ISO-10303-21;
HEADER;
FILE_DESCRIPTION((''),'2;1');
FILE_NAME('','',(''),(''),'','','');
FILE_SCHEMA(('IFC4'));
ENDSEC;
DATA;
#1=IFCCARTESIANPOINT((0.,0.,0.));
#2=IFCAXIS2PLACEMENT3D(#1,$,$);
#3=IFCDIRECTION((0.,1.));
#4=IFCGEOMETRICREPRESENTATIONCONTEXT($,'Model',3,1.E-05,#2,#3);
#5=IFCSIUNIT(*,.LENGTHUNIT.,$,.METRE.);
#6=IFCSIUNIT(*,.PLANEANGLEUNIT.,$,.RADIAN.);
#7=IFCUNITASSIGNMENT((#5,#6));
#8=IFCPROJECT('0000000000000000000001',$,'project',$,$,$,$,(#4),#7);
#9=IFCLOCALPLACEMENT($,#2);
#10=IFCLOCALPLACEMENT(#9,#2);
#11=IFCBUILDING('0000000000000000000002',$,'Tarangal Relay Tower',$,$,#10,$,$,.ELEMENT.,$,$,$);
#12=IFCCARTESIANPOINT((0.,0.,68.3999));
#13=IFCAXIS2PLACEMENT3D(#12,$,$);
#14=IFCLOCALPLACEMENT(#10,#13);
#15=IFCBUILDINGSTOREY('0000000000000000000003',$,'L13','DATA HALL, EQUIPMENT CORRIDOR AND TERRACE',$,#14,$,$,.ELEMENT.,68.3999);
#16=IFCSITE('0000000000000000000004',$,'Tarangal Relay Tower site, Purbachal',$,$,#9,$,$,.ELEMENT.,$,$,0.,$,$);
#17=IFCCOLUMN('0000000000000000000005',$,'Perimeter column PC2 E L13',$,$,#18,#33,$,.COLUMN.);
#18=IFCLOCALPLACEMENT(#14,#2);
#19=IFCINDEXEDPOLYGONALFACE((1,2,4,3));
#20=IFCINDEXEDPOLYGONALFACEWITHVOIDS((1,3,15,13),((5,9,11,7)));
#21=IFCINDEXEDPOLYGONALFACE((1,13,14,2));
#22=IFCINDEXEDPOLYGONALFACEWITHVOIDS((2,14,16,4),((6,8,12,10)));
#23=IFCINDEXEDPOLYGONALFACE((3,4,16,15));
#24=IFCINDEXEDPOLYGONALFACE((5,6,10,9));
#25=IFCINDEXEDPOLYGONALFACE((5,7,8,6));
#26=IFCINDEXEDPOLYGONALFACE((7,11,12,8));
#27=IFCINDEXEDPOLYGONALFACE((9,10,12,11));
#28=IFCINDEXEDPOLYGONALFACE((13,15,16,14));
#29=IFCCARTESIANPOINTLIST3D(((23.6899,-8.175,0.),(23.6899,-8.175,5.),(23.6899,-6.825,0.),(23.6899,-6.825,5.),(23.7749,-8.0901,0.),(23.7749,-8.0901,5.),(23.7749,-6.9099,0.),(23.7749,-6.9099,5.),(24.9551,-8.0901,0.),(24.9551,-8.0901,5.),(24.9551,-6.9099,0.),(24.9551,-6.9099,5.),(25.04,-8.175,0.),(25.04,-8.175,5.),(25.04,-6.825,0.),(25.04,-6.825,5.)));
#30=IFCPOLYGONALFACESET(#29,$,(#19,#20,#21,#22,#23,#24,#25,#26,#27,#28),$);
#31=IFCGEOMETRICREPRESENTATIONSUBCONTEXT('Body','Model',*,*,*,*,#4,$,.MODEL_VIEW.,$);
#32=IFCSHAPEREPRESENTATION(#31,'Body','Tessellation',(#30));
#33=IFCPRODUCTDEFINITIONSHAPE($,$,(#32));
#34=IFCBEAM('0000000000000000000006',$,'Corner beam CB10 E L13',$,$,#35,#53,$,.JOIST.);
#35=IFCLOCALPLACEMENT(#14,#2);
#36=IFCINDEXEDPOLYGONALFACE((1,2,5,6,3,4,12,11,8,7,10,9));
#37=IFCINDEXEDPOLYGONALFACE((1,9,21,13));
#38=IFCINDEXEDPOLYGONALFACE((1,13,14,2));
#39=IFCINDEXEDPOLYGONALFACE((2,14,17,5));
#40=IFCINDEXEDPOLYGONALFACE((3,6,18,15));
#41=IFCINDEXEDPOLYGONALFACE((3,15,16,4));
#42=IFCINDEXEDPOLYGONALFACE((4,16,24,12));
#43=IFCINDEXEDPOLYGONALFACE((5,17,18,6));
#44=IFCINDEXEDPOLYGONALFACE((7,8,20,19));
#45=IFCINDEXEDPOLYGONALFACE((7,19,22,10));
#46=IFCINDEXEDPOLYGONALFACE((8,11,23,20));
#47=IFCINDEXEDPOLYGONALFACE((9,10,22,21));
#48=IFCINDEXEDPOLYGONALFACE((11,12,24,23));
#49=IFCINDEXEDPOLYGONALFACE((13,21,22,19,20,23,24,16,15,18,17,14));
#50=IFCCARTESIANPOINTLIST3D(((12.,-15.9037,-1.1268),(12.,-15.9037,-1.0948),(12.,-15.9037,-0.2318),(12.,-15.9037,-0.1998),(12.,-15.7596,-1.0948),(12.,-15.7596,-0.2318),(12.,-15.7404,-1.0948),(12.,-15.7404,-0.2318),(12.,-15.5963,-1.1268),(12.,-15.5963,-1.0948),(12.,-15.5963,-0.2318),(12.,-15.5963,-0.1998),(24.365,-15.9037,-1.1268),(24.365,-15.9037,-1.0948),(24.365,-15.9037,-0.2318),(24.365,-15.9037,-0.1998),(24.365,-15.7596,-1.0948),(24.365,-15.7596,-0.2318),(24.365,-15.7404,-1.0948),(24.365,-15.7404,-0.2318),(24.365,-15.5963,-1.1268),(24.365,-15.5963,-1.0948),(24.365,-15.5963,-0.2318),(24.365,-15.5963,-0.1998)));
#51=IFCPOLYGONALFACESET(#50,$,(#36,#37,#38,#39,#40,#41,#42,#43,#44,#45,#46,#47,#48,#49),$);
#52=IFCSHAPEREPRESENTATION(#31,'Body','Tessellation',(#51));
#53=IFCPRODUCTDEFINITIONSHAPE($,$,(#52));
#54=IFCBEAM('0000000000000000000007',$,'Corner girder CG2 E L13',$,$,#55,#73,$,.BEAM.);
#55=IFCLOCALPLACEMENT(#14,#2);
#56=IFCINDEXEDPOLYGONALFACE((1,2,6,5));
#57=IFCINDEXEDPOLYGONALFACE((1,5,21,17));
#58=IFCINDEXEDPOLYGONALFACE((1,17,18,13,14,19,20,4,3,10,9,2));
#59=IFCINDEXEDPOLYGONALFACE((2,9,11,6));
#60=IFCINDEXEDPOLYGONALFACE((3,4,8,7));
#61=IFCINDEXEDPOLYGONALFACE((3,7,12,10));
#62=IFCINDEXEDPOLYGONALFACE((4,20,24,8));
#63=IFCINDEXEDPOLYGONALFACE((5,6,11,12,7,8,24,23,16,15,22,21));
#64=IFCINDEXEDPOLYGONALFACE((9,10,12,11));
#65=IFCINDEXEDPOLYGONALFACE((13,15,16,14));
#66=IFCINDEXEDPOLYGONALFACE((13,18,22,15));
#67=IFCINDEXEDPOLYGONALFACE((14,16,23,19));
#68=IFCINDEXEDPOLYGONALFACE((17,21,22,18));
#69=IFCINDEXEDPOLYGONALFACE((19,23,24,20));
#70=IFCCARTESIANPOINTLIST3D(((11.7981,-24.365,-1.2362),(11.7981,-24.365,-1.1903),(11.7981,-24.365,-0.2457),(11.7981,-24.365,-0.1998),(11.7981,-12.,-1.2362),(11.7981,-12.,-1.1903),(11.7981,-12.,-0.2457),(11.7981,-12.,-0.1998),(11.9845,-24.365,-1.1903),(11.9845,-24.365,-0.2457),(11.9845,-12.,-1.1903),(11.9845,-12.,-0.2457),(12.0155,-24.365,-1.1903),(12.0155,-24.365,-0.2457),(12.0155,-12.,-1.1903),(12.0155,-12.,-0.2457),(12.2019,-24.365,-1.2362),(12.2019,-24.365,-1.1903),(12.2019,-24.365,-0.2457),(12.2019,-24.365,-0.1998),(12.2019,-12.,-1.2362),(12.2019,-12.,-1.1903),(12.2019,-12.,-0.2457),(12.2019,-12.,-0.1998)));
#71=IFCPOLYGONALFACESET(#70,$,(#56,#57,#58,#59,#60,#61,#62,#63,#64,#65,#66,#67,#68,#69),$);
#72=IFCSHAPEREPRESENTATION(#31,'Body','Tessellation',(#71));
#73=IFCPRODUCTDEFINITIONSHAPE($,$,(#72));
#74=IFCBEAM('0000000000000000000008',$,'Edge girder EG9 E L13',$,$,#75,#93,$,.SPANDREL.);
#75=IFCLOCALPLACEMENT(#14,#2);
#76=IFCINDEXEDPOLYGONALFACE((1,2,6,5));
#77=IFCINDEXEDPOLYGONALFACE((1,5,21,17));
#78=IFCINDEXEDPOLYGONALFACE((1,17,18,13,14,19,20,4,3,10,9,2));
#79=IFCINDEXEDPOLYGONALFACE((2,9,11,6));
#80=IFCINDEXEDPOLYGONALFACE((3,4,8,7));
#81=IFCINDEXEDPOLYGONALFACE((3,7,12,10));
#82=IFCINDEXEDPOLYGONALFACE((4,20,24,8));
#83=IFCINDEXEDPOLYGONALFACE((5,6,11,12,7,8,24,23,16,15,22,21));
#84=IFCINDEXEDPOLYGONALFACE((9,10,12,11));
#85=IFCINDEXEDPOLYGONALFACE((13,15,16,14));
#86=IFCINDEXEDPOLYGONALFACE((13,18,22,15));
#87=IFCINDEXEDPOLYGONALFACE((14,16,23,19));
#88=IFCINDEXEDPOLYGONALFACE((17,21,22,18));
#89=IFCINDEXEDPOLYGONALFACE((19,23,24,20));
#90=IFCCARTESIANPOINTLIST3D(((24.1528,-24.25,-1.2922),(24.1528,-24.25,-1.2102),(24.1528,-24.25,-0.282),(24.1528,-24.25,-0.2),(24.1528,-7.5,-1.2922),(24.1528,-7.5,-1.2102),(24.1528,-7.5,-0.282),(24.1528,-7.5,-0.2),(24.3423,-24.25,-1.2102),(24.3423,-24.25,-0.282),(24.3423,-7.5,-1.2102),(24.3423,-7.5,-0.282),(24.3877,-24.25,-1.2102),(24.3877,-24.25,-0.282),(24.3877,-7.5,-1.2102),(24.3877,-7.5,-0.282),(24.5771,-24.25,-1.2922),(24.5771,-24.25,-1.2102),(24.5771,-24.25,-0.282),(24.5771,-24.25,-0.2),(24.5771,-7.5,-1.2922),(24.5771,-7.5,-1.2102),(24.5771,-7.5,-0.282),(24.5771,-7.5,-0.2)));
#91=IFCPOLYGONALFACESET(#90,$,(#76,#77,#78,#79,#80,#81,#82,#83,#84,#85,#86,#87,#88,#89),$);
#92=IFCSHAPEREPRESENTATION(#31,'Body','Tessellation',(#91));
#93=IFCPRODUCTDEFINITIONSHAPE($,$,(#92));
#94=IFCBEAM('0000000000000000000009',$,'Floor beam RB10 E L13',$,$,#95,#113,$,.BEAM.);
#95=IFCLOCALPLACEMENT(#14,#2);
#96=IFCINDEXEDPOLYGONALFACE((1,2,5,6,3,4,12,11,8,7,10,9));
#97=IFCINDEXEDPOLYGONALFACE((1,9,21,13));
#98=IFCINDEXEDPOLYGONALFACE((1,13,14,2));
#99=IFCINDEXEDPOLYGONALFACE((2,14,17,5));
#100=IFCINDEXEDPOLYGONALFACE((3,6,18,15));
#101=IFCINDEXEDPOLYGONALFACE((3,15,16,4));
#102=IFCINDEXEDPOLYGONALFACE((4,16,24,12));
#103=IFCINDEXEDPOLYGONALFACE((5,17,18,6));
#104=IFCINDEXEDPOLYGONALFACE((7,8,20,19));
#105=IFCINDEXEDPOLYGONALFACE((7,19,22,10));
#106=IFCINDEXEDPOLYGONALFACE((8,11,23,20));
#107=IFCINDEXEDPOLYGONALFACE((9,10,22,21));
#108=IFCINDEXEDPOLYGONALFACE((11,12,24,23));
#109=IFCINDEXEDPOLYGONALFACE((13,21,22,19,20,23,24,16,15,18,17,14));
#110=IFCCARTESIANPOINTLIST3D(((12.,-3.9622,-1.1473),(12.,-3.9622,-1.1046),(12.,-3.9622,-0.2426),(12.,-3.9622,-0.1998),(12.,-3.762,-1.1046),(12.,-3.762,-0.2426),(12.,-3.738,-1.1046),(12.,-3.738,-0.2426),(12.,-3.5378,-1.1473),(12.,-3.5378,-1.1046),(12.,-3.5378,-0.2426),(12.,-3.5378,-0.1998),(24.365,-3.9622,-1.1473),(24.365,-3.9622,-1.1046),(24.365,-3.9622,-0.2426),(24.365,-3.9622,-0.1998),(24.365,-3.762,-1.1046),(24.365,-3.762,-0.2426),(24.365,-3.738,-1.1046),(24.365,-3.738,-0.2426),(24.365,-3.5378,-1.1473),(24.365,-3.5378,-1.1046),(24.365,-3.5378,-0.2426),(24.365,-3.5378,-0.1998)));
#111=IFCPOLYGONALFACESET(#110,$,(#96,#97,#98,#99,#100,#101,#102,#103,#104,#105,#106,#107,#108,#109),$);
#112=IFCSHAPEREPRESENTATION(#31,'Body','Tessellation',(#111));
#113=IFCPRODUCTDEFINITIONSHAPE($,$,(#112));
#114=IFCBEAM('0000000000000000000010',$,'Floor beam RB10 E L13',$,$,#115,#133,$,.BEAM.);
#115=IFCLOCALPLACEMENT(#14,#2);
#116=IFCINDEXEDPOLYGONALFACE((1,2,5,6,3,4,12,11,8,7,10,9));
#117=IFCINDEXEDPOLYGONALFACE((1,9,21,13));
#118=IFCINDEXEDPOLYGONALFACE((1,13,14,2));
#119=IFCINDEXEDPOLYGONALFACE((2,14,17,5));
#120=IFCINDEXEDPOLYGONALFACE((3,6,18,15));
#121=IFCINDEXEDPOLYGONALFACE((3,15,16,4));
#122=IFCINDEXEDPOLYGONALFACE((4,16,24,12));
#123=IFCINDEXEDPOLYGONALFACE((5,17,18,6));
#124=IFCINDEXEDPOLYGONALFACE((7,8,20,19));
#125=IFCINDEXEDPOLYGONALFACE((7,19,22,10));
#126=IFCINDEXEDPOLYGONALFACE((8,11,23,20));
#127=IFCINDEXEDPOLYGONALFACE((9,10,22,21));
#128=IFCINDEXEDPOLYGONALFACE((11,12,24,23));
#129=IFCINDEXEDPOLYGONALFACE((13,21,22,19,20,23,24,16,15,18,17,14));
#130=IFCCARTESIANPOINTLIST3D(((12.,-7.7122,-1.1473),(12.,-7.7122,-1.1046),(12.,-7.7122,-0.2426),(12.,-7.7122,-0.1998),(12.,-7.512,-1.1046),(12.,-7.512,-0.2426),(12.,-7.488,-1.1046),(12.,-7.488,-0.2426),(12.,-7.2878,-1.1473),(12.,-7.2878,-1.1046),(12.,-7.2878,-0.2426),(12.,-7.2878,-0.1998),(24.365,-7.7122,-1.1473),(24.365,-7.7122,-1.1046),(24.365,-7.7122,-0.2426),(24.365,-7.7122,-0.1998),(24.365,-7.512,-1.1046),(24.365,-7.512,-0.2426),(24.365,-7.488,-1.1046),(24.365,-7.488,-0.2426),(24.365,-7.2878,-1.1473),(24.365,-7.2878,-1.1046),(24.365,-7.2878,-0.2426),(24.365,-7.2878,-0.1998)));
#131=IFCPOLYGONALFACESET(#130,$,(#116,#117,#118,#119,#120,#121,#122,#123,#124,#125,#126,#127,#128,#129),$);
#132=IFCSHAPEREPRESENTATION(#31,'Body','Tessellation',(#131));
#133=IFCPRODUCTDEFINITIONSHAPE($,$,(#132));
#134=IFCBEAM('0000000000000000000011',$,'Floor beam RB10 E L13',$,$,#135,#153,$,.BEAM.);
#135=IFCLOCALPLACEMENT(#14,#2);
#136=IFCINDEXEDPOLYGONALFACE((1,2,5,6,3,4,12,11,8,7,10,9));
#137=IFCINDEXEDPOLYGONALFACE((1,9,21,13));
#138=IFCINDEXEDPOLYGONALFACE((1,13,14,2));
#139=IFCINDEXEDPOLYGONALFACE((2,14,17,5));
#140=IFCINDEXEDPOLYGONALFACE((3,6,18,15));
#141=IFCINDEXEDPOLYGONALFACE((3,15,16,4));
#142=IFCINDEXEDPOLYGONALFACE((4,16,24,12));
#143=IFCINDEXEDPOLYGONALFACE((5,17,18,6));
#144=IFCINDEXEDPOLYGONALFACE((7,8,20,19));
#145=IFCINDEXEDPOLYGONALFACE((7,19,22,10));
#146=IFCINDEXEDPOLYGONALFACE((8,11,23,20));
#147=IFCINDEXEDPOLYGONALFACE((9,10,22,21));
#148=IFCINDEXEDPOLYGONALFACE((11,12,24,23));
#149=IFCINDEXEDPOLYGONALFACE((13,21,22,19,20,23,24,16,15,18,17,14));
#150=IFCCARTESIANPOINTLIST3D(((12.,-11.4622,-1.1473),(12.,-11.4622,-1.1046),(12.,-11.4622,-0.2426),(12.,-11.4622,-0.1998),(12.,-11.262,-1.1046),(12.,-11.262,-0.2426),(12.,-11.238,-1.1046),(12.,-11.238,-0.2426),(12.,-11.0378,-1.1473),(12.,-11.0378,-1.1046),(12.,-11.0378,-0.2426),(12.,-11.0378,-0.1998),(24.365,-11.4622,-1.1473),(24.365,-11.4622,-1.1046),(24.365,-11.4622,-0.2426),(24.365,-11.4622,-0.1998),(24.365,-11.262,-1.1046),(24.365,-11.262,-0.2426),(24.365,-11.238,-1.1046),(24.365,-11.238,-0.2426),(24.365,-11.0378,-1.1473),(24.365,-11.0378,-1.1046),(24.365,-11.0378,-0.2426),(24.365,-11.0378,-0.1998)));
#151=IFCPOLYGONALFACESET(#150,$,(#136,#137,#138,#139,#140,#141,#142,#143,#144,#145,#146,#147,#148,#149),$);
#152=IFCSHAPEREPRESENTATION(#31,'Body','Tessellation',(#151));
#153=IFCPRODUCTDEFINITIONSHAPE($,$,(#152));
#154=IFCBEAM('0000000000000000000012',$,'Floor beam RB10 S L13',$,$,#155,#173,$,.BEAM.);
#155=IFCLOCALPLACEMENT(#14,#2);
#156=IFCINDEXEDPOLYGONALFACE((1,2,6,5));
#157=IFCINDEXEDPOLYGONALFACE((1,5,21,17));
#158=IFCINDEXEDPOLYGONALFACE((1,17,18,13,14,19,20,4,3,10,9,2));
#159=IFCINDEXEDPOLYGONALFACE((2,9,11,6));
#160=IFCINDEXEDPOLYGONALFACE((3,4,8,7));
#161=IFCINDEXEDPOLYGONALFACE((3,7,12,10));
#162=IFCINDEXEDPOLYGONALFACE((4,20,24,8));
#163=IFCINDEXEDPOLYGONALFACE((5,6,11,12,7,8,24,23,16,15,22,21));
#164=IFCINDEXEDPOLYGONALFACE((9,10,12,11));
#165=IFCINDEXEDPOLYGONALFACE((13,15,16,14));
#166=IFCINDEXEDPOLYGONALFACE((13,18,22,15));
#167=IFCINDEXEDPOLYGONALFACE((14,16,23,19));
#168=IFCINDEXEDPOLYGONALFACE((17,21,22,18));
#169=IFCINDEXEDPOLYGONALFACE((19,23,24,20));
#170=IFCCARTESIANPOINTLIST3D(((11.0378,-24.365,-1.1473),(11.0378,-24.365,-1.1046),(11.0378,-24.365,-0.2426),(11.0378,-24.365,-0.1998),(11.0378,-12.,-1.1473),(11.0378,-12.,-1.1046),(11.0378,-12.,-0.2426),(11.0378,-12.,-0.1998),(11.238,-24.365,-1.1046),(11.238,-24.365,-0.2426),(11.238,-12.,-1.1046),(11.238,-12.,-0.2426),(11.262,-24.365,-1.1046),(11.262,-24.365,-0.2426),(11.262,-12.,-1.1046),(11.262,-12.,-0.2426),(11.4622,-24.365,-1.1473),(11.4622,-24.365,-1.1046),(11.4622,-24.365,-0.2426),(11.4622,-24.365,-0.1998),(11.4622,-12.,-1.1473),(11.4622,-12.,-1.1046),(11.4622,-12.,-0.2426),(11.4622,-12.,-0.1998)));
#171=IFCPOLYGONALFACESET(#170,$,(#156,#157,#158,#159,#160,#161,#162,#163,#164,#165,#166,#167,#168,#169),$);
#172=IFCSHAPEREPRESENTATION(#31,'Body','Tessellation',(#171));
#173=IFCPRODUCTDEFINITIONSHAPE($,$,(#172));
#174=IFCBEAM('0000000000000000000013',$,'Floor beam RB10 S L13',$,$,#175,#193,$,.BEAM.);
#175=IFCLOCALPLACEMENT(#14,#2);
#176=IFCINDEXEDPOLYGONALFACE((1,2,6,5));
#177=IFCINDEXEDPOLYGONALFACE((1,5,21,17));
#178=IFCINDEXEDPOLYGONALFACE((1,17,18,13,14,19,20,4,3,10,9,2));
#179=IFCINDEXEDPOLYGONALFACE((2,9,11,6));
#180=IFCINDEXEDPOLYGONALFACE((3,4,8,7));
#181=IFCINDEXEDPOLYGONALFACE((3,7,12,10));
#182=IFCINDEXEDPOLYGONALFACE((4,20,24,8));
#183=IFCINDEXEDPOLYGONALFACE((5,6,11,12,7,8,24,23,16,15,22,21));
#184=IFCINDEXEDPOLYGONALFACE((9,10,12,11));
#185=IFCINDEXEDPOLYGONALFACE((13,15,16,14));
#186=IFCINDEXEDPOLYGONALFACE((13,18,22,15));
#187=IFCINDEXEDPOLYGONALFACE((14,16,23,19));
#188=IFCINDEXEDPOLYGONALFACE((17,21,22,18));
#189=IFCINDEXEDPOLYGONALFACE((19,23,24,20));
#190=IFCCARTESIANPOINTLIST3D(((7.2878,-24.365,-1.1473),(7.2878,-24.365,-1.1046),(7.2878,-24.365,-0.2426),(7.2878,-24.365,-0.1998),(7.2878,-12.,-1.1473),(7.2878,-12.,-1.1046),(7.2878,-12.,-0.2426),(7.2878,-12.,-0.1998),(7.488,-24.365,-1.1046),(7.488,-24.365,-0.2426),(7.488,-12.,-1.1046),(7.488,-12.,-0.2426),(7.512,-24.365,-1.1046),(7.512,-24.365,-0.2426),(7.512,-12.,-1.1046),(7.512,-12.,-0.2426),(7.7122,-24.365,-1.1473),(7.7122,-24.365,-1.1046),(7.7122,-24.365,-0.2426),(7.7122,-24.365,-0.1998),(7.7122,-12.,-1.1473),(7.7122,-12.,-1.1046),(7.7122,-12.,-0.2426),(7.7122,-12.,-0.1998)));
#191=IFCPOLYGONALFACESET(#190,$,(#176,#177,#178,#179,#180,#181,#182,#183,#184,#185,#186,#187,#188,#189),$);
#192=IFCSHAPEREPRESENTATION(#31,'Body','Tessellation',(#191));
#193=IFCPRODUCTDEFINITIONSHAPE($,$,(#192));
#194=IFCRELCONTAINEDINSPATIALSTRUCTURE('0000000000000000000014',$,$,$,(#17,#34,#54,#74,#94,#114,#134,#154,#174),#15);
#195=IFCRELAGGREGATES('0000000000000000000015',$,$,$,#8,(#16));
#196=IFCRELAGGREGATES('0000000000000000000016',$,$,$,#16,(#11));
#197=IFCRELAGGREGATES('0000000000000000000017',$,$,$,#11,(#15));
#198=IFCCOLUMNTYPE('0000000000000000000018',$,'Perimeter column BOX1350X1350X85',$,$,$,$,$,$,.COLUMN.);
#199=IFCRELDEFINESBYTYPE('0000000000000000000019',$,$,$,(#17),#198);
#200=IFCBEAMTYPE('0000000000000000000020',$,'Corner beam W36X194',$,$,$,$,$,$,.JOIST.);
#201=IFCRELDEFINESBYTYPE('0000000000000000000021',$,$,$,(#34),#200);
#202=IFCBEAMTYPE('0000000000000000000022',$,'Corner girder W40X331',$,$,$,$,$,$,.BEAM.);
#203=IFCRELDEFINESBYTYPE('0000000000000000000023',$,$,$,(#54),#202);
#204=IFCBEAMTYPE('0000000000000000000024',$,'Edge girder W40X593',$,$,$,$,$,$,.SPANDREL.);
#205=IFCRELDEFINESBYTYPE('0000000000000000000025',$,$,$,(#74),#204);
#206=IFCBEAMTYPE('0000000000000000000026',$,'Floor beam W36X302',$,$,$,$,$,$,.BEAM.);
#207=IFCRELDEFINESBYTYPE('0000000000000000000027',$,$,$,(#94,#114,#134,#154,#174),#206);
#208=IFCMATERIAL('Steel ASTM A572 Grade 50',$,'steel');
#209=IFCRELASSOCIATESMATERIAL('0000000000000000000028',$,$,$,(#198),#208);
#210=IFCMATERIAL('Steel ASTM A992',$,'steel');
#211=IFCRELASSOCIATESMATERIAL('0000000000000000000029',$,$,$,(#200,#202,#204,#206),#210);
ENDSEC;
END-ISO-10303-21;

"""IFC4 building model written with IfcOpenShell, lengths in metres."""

from ifc_helpers import new_model, si_unit, direction, frame, origin, origin_2d, place, context, subcontext, project, spatial, hollow_rectangle, i_section, extrude, material, material_profile, profile_set, type_object, element, save


model = new_model("IFC4")

# Units and contexts
model_context = context("Model", 3, precision=1e-05, world=origin(), true_north=direction((0.0, 1.0)))
body_context = subcontext(model_context, "Body", "Model", "MODEL_VIEW")
ifc_project = project(units=[si_unit("LENGTHUNIT", "METRE"), si_unit("PLANEANGLEUNIT", "RADIAN")], contexts=[model_context])

# Site, building, storey
site_placement = place(None, origin())
site = spatial("IfcSite", under=ifc_project, at=site_placement, Name="Tarangal Relay Tower site, Purbachal", CompositionType="ELEMENT", RefElevation=0.0)
building_placement = place(site_placement, origin())
building = spatial("IfcBuilding", under=site, at=building_placement, Name="Tarangal Relay Tower", CompositionType="ELEMENT")
storey_placement = place(building_placement, frame((0.0, 0.0, 68.3999)))
storey = spatial("IfcBuildingStorey", under=building, at=storey_placement, Name="L13", Description="DATA HALL, EQUIPMENT CORRIDOR AND TERRACE", CompositionType="ELEMENT", Elevation=68.3999)

# Column
ifc_material_1 = material(Name="Steel ASTM A572 Grade 50", Category="steel")
ifc_material_profile_1 = material_profile(ifc_material_1, hollow_rectangle(XDim=1.3501, YDim=1.3501, WallThickness=0.085, at=origin_2d()), Name="BOX1350X1350X85")
ifc_profile_set_1 = profile_set([ifc_material_profile_1], Name="Steel ASTM A572 Grade 50")
column_type = type_object("IfcColumnType", Name="Perimeter column BOX1350X1350X85", PredefinedType="COLUMN", material=ifc_profile_set_1)
column_placement = place(storey_placement, frame((24.365, -7.5, 0.0), z_axis=(0.0, 0.0, 1.0), x_axis=(1.0, 0.0, 0.0)))
element("IfcColumn", 1, at=column_placement, inside=storey, type_object=column_type, Name="Perimeter column PC2 E L13", PredefinedType="COLUMN", context=body_context, shape_type="SweptSolid", body=[
    extrude(hollow_rectangle(XDim=1.3501, YDim=1.3501, WallThickness=0.085, at=origin_2d()), origin(), (0.0, 0.0, 1.0), 5.0),
])

# Beams
ifc_material_2 = material(Name="Steel ASTM A992", Category="steel")
ifc_material_profile_2 = material_profile(ifc_material_2, i_section(OverallWidth=0.3074, OverallDepth=0.927, WebThickness=0.0193, FlangeThickness=0.032, at=origin_2d()), Name="W36X194")
ifc_profile_set_2 = profile_set([ifc_material_profile_2], Name="Steel ASTM A992")
beam_type_1 = type_object("IfcBeamType", Name="Corner beam W36X194", PredefinedType="JOIST", material=ifc_profile_set_2)
beam_1_placement = place(storey_placement, frame((12.0, -15.75, -0.6633), z_axis=(1.0, 0.0, 0.0), x_axis=(0.0, 1.0, 0.0)))
element("IfcBeam", 2, at=beam_1_placement, inside=storey, type_object=beam_type_1, Name="Corner beam CB10 E L13", PredefinedType="JOIST", context=body_context, shape_type="SweptSolid", body=[
    extrude(i_section(OverallWidth=0.3074, OverallDepth=0.927, WebThickness=0.0193, FlangeThickness=0.032, at=origin_2d()), origin(), (0.0, 0.0, 1.0), 12.365),
])
ifc_material_profile_3 = material_profile(ifc_material_2, i_section(OverallWidth=0.4038, OverallDepth=1.0364, WebThickness=0.031, FlangeThickness=0.0459, at=origin_2d()), Name="W40X331")
ifc_profile_set_3 = profile_set([ifc_material_profile_3], Name="Steel ASTM A992")
beam_type_2 = type_object("IfcBeamType", Name="Corner girder W40X331", PredefinedType="BEAM", material=ifc_profile_set_3)
beam_2_placement = place(storey_placement, frame((12.0, -12.0, -0.718), z_axis=(0.0, -1.0, 0.0), x_axis=(1.0, 0.0, 0.0)))
element("IfcBeam", 3, at=beam_2_placement, inside=storey, type_object=beam_type_2, Name="Corner girder CG2 E L13", PredefinedType="BEAM", context=body_context, shape_type="SweptSolid", body=[
    extrude(i_section(OverallWidth=0.4038, OverallDepth=1.0364, WebThickness=0.031, FlangeThickness=0.0459, at=origin_2d()), origin(), (0.0, 0.0, 1.0), 12.365),
])
ifc_material_profile_4 = material_profile(ifc_material_2, i_section(OverallWidth=0.4243, OverallDepth=1.0923, WebThickness=0.0454, FlangeThickness=0.082, at=origin_2d()), Name="W40X593")
ifc_profile_set_4 = profile_set([ifc_material_profile_4], Name="Steel ASTM A992")
beam_type_3 = type_object("IfcBeamType", Name="Edge girder W40X593", PredefinedType="SPANDREL", material=ifc_profile_set_4)
beam_3_placement = place(storey_placement, frame((24.365, -7.5, -0.7461), z_axis=(0.0, -1.0, 0.0), x_axis=(1.0, 0.0, 0.0)))
element("IfcBeam", 4, at=beam_3_placement, inside=storey, type_object=beam_type_3, Name="Edge girder EG9 E L13", PredefinedType="SPANDREL", context=body_context, shape_type="SweptSolid", body=[
    extrude(i_section(OverallWidth=0.4243, OverallDepth=1.0923, WebThickness=0.0454, FlangeThickness=0.082, at=origin_2d()), origin(), (0.0, 0.0, 1.0), 16.75),
])
ifc_material_profile_5 = material_profile(ifc_material_2, i_section(OverallWidth=0.4243, OverallDepth=0.9475, WebThickness=0.0239, FlangeThickness=0.0427, at=origin_2d()), Name="W36X302")
ifc_profile_set_5 = profile_set([ifc_material_profile_5], Name="Steel ASTM A992")
beam_type_4 = type_object("IfcBeamType", Name="Floor beam W36X302", PredefinedType="BEAM", material=ifc_profile_set_5)
for number, where, z_axis, x_axis, name in (
    (5, (12.0, -3.75, -0.6736), (1.0, 0.0, 0.0), (0.0, 1.0, 0.0), "Floor beam RB10 E L13"),
    (6, (12.0, -7.5, -0.6736), (1.0, 0.0, 0.0), (0.0, 1.0, 0.0), "Floor beam RB10 E L13"),
    (7, (12.0, -11.25, -0.6736), (1.0, 0.0, 0.0), (0.0, 1.0, 0.0), "Floor beam RB10 E L13"),
    (8, (11.25, -12.0, -0.6736), (0.0, -1.0, 0.0), (1.0, 0.0, 0.0), "Floor beam RB10 S L13"),
    (9, (7.5, -12.0, -0.6736), (0.0, -1.0, 0.0), (1.0, 0.0, 0.0), "Floor beam RB10 S L13"),
):
    element("IfcBeam", number, at=place(storey_placement, frame(where, z_axis=z_axis, x_axis=x_axis)), inside=storey, type_object=beam_type_4, Name=name, PredefinedType="BEAM", context=body_context, shape_type="SweptSolid", body=[
        extrude(i_section(OverallWidth=0.4243, OverallDepth=0.9475, WebThickness=0.0239, FlangeThickness=0.0427, at=origin_2d()), origin(), (0.0, 0.0, 1.0), 12.365),
    ])

save(model, "model.ifc")
